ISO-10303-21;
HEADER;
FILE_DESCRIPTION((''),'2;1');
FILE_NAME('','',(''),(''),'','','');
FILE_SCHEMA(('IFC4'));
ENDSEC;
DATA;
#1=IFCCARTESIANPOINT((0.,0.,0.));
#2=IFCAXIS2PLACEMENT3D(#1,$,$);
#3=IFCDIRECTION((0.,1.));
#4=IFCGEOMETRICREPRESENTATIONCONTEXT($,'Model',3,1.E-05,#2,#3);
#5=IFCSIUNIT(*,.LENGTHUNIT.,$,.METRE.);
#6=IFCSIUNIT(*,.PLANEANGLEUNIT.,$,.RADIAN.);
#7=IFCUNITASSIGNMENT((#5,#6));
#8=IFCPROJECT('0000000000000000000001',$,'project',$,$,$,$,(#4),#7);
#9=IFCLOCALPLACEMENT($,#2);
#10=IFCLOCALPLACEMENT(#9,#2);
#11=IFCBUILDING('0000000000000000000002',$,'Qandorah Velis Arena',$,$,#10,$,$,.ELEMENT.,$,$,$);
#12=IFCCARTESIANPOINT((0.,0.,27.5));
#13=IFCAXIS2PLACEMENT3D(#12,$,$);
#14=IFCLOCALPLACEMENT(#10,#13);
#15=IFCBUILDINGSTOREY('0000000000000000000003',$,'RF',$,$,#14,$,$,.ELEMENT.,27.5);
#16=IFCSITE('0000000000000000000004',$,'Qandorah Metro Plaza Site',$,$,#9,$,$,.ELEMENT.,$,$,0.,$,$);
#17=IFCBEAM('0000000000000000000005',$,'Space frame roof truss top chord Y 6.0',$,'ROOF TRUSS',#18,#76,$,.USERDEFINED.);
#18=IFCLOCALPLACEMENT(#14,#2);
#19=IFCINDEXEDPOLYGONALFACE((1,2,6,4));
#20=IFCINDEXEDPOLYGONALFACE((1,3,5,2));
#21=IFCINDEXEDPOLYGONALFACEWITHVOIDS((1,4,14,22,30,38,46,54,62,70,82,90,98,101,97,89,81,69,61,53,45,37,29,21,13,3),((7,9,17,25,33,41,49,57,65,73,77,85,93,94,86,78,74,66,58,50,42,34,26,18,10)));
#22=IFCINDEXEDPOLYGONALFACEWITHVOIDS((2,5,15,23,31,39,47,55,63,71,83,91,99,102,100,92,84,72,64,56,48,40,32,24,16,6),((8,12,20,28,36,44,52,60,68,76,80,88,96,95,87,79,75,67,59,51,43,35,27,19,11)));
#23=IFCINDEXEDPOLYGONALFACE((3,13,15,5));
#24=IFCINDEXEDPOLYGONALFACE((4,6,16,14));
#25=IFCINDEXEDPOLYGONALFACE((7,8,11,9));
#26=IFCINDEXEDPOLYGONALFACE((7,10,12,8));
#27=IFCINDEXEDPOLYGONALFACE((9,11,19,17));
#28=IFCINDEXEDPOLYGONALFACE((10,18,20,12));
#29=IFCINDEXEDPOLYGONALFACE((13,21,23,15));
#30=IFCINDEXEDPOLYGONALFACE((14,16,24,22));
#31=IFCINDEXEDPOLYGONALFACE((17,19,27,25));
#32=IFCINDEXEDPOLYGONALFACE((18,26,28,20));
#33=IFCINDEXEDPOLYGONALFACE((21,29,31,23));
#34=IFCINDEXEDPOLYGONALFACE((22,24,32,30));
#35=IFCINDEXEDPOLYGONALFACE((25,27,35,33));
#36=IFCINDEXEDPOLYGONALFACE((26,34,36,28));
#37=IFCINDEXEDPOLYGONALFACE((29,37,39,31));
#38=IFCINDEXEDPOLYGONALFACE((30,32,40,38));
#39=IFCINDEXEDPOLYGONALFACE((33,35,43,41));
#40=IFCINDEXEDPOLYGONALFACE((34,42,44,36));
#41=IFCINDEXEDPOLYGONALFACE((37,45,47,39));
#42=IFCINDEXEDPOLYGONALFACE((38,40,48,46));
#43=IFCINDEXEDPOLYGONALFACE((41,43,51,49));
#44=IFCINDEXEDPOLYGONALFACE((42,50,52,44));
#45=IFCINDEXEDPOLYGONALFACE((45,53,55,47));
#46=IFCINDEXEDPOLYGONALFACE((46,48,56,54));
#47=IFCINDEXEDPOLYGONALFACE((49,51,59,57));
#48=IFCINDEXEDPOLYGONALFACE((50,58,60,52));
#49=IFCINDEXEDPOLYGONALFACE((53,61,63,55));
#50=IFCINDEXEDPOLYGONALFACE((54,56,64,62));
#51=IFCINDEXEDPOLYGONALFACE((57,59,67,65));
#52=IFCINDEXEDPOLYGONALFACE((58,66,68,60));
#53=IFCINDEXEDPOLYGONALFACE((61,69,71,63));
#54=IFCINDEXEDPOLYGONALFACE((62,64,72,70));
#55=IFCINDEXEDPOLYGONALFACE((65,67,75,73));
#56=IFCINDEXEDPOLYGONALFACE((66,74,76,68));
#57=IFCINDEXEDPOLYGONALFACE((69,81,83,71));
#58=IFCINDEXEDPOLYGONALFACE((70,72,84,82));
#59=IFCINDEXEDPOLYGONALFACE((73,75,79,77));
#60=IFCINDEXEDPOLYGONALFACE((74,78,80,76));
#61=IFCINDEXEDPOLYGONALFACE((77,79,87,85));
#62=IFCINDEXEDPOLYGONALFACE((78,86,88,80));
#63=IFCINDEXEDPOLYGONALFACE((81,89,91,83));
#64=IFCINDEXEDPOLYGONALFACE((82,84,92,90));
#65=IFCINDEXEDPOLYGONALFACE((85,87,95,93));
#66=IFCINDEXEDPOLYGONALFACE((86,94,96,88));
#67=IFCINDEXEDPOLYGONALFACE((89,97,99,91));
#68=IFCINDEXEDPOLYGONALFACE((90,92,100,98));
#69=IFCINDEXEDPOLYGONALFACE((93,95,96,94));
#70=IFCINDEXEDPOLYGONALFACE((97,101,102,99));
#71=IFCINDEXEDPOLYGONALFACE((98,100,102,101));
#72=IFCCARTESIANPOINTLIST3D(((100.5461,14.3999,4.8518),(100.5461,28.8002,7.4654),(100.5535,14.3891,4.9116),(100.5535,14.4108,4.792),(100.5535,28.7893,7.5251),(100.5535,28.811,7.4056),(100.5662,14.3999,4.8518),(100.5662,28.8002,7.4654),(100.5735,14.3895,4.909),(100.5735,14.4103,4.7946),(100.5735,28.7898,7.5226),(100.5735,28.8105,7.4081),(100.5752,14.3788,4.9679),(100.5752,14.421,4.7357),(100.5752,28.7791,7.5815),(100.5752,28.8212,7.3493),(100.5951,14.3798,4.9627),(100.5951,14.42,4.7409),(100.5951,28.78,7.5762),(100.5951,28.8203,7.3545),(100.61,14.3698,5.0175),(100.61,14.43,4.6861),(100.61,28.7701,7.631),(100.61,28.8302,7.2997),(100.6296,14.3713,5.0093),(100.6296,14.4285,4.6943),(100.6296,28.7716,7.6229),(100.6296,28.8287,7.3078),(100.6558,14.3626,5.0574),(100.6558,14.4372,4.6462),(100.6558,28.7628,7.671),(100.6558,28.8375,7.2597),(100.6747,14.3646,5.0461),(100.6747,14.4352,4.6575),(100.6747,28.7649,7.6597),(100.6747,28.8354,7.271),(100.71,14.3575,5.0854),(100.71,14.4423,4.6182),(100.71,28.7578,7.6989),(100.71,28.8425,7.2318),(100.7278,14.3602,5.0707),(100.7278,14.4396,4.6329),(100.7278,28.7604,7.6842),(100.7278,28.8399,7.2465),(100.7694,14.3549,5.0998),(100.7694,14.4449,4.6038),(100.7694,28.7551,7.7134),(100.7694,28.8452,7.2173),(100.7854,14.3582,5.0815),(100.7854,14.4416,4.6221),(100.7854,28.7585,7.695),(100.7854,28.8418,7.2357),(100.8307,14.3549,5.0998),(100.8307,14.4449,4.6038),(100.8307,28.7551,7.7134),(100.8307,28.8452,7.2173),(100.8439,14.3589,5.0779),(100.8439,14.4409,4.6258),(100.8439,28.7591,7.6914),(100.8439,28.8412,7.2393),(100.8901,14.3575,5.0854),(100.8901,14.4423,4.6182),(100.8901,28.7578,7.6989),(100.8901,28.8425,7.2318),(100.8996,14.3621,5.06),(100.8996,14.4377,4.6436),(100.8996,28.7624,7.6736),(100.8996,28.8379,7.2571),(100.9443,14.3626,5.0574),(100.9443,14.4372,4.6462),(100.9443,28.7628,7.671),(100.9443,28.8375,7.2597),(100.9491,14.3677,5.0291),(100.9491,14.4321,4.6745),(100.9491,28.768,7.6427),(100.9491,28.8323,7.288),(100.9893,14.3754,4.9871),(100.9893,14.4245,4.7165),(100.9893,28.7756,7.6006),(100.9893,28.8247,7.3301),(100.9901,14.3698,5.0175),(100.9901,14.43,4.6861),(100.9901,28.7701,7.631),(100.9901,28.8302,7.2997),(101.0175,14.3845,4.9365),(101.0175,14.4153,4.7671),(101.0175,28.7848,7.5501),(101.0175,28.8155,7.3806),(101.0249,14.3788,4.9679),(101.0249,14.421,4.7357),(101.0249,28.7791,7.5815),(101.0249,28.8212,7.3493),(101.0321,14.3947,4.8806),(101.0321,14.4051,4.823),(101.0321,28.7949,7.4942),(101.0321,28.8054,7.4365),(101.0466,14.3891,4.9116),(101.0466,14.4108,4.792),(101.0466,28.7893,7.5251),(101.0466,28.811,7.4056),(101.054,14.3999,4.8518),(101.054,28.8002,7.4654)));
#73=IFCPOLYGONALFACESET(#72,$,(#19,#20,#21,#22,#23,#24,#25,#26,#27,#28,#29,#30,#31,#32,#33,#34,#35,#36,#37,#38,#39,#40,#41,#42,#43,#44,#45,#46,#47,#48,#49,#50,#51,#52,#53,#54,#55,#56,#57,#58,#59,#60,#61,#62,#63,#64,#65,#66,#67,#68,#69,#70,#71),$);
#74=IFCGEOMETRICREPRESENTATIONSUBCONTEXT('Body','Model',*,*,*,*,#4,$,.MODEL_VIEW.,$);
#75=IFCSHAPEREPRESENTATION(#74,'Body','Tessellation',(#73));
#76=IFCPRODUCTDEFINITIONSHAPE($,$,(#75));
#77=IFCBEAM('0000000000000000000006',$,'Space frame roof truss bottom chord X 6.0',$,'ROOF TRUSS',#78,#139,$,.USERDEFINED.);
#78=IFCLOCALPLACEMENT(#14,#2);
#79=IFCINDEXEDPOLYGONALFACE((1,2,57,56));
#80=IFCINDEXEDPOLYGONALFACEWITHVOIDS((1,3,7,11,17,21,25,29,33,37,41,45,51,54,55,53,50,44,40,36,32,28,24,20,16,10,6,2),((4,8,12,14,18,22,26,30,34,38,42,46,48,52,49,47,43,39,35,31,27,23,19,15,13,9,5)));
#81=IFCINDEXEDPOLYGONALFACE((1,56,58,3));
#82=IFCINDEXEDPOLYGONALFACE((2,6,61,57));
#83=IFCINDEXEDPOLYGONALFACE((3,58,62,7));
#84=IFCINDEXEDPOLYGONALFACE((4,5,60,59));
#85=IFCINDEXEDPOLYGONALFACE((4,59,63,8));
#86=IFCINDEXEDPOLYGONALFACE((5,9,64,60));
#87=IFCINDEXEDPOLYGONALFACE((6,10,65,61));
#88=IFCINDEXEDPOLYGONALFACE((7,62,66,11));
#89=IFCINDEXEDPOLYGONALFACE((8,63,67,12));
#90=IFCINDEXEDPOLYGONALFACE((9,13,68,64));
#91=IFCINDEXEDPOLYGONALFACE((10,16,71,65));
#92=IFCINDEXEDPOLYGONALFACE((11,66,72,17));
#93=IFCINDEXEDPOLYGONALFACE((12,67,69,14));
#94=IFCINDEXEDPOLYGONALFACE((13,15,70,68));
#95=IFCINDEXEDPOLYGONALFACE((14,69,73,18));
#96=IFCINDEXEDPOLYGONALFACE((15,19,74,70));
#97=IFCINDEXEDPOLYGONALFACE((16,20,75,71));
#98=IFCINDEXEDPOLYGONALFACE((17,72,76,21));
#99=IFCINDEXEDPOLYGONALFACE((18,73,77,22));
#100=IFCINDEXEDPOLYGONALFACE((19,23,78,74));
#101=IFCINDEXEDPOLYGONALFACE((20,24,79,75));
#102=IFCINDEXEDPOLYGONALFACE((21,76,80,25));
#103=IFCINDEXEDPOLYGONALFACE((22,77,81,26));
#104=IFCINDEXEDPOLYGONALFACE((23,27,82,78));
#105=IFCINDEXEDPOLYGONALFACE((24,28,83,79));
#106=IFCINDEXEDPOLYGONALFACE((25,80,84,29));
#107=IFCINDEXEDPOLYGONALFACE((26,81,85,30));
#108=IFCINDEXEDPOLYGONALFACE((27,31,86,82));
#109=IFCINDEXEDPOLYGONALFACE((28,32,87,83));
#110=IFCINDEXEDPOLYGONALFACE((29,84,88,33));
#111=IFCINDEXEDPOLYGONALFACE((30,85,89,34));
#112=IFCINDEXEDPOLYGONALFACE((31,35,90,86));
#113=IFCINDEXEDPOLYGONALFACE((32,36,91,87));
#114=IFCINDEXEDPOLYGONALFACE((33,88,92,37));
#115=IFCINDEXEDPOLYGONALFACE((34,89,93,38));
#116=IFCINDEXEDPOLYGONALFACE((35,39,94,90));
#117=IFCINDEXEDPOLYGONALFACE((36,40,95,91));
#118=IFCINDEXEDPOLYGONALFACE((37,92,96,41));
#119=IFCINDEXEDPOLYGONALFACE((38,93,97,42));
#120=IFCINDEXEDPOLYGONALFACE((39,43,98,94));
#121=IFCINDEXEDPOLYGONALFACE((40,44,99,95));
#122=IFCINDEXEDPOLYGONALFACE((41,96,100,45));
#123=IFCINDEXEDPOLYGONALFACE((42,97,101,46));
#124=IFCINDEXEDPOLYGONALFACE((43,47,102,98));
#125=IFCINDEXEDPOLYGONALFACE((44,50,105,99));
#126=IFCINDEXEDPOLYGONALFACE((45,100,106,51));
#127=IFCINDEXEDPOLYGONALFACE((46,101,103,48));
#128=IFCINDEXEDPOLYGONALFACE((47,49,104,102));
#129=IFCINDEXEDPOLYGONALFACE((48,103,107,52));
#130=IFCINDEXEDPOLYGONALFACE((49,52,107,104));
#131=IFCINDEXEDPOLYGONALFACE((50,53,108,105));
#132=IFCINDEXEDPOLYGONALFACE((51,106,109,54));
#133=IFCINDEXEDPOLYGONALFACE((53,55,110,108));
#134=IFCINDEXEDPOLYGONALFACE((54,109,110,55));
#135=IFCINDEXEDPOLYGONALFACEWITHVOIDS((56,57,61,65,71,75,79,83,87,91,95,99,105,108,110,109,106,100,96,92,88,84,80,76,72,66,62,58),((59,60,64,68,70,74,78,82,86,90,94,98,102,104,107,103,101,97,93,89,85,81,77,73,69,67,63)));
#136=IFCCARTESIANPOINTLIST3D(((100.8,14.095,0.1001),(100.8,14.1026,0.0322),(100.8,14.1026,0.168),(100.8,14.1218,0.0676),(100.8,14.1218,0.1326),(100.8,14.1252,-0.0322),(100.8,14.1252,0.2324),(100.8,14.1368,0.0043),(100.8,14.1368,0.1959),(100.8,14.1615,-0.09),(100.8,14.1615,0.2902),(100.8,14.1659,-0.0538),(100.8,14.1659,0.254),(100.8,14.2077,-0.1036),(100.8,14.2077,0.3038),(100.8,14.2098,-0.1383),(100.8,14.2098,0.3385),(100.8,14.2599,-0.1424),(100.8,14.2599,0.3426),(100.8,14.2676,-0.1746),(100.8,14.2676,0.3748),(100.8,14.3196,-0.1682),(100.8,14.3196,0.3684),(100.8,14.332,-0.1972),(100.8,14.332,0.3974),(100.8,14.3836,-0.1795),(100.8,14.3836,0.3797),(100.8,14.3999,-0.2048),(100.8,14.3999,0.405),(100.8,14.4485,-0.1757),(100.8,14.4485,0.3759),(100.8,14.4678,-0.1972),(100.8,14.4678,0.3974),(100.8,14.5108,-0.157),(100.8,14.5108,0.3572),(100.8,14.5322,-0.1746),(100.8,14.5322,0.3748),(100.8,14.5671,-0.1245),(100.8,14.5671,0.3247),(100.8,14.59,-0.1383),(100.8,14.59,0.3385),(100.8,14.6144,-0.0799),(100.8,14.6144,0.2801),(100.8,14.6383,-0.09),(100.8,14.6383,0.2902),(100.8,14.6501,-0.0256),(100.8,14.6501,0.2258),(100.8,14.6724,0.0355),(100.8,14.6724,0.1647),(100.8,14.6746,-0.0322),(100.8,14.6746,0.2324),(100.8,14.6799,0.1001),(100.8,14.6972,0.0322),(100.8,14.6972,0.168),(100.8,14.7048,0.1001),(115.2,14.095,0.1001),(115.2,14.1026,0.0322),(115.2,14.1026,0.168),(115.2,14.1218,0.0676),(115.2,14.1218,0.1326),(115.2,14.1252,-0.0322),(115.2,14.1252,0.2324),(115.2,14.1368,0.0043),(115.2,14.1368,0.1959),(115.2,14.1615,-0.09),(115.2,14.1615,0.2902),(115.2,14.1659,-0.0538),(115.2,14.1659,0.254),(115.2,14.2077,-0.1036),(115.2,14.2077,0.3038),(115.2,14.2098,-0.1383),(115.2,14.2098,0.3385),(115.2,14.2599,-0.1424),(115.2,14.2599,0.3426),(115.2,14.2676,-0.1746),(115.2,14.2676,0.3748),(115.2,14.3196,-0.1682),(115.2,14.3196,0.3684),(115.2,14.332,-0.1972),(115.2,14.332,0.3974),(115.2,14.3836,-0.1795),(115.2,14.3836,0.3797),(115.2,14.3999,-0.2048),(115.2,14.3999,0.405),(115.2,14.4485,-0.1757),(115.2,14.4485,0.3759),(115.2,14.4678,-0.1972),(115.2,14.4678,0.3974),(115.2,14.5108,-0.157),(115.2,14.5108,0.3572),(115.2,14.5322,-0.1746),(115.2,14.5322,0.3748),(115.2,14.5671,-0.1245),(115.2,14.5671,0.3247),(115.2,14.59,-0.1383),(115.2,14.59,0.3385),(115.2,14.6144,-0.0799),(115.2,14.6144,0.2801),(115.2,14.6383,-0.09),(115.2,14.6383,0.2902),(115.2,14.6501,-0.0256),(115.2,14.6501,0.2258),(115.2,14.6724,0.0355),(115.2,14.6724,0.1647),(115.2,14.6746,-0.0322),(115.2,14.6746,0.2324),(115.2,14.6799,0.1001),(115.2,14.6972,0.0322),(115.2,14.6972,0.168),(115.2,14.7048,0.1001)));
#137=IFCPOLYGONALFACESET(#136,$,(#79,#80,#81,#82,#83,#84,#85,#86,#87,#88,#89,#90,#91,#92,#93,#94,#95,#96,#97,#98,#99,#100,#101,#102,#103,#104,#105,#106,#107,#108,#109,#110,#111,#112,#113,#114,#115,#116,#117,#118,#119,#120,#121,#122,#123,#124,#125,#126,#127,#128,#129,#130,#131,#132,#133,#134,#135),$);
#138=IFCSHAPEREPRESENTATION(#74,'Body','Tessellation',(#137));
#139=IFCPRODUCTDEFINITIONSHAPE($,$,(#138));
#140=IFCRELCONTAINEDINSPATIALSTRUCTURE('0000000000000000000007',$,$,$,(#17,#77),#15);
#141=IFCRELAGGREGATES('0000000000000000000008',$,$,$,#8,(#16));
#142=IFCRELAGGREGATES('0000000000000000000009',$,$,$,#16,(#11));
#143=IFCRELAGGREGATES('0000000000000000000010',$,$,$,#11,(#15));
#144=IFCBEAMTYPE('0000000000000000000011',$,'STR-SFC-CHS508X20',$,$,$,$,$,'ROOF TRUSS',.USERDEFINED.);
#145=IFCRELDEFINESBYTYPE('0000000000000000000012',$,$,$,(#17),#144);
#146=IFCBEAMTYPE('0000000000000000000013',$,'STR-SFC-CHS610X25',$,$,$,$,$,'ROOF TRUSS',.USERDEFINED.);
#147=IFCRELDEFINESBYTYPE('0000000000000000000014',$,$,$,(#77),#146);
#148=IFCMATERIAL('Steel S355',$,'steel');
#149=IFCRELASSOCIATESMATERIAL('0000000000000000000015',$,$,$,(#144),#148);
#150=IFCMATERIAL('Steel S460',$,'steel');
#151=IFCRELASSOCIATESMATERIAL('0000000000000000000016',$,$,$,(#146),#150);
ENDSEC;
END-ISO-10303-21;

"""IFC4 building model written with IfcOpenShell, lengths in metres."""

from ifc_helpers import new_model, si_unit, direction, frame, origin, origin_2d, place, context, subcontext, project, spatial, hollow_circle, extrude, material, material_profile, profile_set, type_object, element, save


model = new_model("IFC4")

# Units and contexts
model_context = context("Model", 3, precision=1e-05, world=origin(), true_north=direction((0.0, 1.0)))
body_context = subcontext(model_context, "Body", "Model", "MODEL_VIEW")
ifc_project = project(units=[si_unit("LENGTHUNIT", "METRE"), si_unit("PLANEANGLEUNIT", "RADIAN")], contexts=[model_context])

# Site, building, storey
site_placement = place(None, origin())
site = spatial("IfcSite", under=ifc_project, at=site_placement, Name="Qandorah Metro Plaza Site", CompositionType="ELEMENT", RefElevation=0.0)
building_placement = place(site_placement, origin())
building = spatial("IfcBuilding", under=site, at=building_placement, Name="Qandorah Velis Arena", CompositionType="ELEMENT")
storey_placement = place(building_placement, frame((0.0, 0.0, 27.5)))
storey = spatial("IfcBuildingStorey", under=building, at=storey_placement, Name="RF", CompositionType="ELEMENT", Elevation=27.5)

# Beams
ifc_material_1 = material(Name="Steel S355", Category="steel")
ifc_material_profile_1 = material_profile(ifc_material_1, hollow_circle(Radius=0.2539, WallThickness=0.02, at=origin_2d()), Name="CHS 508x20")
ifc_profile_set_1 = profile_set([ifc_material_profile_1], Name="Steel S355")
beam_type_1 = type_object("IfcBeamType", Name="STR-SFC-CHS508X20", ElementType="ROOF TRUSS", PredefinedType="USERDEFINED", material=ifc_profile_set_1)
beam_1_placement = place(storey_placement, frame((100.8, 14.3999, 4.8518), z_axis=(0.0, 0.983926, 0.178576), x_axis=(-1.0, 0.0, 0.0)))
element("IfcBeam", 1, at=beam_1_placement, inside=storey, type_object=beam_type_1, Name="Space frame roof truss top chord Y 6.0", ObjectType="ROOF TRUSS", PredefinedType="USERDEFINED", context=body_context, shape_type="SweptSolid", body=[
    extrude(hollow_circle(Radius=0.2539, WallThickness=0.02, at=origin_2d()), origin(), (0.0, 0.0, 1.0), 14.6355),
])
ifc_material_2 = material(Name="Steel S460", Category="steel")
ifc_material_profile_2 = material_profile(ifc_material_2, hollow_circle(Radius=0.3049, WallThickness=0.0249, at=origin_2d()), Name="CHS 610x25")
ifc_profile_set_2 = profile_set([ifc_material_profile_2], Name="Steel S460")
beam_type_2 = type_object("IfcBeamType", Name="STR-SFC-CHS610X25", ElementType="ROOF TRUSS", PredefinedType="USERDEFINED", material=ifc_profile_set_2)
beam_2_placement = place(storey_placement, frame((100.8, 14.3999, 0.1001), z_axis=(1.0, 0.0, 0.0), x_axis=(0.0, 1.0, 0.0)))
element("IfcBeam", 2, at=beam_2_placement, inside=storey, type_object=beam_type_2, Name="Space frame roof truss bottom chord X 6.0", ObjectType="ROOF TRUSS", PredefinedType="USERDEFINED", context=body_context, shape_type="SweptSolid", body=[
    extrude(hollow_circle(Radius=0.3049, WallThickness=0.0249, at=origin_2d()), origin(), (0.0, 0.0, 1.0), 14.3999),
])

save(model, "model.ifc")
